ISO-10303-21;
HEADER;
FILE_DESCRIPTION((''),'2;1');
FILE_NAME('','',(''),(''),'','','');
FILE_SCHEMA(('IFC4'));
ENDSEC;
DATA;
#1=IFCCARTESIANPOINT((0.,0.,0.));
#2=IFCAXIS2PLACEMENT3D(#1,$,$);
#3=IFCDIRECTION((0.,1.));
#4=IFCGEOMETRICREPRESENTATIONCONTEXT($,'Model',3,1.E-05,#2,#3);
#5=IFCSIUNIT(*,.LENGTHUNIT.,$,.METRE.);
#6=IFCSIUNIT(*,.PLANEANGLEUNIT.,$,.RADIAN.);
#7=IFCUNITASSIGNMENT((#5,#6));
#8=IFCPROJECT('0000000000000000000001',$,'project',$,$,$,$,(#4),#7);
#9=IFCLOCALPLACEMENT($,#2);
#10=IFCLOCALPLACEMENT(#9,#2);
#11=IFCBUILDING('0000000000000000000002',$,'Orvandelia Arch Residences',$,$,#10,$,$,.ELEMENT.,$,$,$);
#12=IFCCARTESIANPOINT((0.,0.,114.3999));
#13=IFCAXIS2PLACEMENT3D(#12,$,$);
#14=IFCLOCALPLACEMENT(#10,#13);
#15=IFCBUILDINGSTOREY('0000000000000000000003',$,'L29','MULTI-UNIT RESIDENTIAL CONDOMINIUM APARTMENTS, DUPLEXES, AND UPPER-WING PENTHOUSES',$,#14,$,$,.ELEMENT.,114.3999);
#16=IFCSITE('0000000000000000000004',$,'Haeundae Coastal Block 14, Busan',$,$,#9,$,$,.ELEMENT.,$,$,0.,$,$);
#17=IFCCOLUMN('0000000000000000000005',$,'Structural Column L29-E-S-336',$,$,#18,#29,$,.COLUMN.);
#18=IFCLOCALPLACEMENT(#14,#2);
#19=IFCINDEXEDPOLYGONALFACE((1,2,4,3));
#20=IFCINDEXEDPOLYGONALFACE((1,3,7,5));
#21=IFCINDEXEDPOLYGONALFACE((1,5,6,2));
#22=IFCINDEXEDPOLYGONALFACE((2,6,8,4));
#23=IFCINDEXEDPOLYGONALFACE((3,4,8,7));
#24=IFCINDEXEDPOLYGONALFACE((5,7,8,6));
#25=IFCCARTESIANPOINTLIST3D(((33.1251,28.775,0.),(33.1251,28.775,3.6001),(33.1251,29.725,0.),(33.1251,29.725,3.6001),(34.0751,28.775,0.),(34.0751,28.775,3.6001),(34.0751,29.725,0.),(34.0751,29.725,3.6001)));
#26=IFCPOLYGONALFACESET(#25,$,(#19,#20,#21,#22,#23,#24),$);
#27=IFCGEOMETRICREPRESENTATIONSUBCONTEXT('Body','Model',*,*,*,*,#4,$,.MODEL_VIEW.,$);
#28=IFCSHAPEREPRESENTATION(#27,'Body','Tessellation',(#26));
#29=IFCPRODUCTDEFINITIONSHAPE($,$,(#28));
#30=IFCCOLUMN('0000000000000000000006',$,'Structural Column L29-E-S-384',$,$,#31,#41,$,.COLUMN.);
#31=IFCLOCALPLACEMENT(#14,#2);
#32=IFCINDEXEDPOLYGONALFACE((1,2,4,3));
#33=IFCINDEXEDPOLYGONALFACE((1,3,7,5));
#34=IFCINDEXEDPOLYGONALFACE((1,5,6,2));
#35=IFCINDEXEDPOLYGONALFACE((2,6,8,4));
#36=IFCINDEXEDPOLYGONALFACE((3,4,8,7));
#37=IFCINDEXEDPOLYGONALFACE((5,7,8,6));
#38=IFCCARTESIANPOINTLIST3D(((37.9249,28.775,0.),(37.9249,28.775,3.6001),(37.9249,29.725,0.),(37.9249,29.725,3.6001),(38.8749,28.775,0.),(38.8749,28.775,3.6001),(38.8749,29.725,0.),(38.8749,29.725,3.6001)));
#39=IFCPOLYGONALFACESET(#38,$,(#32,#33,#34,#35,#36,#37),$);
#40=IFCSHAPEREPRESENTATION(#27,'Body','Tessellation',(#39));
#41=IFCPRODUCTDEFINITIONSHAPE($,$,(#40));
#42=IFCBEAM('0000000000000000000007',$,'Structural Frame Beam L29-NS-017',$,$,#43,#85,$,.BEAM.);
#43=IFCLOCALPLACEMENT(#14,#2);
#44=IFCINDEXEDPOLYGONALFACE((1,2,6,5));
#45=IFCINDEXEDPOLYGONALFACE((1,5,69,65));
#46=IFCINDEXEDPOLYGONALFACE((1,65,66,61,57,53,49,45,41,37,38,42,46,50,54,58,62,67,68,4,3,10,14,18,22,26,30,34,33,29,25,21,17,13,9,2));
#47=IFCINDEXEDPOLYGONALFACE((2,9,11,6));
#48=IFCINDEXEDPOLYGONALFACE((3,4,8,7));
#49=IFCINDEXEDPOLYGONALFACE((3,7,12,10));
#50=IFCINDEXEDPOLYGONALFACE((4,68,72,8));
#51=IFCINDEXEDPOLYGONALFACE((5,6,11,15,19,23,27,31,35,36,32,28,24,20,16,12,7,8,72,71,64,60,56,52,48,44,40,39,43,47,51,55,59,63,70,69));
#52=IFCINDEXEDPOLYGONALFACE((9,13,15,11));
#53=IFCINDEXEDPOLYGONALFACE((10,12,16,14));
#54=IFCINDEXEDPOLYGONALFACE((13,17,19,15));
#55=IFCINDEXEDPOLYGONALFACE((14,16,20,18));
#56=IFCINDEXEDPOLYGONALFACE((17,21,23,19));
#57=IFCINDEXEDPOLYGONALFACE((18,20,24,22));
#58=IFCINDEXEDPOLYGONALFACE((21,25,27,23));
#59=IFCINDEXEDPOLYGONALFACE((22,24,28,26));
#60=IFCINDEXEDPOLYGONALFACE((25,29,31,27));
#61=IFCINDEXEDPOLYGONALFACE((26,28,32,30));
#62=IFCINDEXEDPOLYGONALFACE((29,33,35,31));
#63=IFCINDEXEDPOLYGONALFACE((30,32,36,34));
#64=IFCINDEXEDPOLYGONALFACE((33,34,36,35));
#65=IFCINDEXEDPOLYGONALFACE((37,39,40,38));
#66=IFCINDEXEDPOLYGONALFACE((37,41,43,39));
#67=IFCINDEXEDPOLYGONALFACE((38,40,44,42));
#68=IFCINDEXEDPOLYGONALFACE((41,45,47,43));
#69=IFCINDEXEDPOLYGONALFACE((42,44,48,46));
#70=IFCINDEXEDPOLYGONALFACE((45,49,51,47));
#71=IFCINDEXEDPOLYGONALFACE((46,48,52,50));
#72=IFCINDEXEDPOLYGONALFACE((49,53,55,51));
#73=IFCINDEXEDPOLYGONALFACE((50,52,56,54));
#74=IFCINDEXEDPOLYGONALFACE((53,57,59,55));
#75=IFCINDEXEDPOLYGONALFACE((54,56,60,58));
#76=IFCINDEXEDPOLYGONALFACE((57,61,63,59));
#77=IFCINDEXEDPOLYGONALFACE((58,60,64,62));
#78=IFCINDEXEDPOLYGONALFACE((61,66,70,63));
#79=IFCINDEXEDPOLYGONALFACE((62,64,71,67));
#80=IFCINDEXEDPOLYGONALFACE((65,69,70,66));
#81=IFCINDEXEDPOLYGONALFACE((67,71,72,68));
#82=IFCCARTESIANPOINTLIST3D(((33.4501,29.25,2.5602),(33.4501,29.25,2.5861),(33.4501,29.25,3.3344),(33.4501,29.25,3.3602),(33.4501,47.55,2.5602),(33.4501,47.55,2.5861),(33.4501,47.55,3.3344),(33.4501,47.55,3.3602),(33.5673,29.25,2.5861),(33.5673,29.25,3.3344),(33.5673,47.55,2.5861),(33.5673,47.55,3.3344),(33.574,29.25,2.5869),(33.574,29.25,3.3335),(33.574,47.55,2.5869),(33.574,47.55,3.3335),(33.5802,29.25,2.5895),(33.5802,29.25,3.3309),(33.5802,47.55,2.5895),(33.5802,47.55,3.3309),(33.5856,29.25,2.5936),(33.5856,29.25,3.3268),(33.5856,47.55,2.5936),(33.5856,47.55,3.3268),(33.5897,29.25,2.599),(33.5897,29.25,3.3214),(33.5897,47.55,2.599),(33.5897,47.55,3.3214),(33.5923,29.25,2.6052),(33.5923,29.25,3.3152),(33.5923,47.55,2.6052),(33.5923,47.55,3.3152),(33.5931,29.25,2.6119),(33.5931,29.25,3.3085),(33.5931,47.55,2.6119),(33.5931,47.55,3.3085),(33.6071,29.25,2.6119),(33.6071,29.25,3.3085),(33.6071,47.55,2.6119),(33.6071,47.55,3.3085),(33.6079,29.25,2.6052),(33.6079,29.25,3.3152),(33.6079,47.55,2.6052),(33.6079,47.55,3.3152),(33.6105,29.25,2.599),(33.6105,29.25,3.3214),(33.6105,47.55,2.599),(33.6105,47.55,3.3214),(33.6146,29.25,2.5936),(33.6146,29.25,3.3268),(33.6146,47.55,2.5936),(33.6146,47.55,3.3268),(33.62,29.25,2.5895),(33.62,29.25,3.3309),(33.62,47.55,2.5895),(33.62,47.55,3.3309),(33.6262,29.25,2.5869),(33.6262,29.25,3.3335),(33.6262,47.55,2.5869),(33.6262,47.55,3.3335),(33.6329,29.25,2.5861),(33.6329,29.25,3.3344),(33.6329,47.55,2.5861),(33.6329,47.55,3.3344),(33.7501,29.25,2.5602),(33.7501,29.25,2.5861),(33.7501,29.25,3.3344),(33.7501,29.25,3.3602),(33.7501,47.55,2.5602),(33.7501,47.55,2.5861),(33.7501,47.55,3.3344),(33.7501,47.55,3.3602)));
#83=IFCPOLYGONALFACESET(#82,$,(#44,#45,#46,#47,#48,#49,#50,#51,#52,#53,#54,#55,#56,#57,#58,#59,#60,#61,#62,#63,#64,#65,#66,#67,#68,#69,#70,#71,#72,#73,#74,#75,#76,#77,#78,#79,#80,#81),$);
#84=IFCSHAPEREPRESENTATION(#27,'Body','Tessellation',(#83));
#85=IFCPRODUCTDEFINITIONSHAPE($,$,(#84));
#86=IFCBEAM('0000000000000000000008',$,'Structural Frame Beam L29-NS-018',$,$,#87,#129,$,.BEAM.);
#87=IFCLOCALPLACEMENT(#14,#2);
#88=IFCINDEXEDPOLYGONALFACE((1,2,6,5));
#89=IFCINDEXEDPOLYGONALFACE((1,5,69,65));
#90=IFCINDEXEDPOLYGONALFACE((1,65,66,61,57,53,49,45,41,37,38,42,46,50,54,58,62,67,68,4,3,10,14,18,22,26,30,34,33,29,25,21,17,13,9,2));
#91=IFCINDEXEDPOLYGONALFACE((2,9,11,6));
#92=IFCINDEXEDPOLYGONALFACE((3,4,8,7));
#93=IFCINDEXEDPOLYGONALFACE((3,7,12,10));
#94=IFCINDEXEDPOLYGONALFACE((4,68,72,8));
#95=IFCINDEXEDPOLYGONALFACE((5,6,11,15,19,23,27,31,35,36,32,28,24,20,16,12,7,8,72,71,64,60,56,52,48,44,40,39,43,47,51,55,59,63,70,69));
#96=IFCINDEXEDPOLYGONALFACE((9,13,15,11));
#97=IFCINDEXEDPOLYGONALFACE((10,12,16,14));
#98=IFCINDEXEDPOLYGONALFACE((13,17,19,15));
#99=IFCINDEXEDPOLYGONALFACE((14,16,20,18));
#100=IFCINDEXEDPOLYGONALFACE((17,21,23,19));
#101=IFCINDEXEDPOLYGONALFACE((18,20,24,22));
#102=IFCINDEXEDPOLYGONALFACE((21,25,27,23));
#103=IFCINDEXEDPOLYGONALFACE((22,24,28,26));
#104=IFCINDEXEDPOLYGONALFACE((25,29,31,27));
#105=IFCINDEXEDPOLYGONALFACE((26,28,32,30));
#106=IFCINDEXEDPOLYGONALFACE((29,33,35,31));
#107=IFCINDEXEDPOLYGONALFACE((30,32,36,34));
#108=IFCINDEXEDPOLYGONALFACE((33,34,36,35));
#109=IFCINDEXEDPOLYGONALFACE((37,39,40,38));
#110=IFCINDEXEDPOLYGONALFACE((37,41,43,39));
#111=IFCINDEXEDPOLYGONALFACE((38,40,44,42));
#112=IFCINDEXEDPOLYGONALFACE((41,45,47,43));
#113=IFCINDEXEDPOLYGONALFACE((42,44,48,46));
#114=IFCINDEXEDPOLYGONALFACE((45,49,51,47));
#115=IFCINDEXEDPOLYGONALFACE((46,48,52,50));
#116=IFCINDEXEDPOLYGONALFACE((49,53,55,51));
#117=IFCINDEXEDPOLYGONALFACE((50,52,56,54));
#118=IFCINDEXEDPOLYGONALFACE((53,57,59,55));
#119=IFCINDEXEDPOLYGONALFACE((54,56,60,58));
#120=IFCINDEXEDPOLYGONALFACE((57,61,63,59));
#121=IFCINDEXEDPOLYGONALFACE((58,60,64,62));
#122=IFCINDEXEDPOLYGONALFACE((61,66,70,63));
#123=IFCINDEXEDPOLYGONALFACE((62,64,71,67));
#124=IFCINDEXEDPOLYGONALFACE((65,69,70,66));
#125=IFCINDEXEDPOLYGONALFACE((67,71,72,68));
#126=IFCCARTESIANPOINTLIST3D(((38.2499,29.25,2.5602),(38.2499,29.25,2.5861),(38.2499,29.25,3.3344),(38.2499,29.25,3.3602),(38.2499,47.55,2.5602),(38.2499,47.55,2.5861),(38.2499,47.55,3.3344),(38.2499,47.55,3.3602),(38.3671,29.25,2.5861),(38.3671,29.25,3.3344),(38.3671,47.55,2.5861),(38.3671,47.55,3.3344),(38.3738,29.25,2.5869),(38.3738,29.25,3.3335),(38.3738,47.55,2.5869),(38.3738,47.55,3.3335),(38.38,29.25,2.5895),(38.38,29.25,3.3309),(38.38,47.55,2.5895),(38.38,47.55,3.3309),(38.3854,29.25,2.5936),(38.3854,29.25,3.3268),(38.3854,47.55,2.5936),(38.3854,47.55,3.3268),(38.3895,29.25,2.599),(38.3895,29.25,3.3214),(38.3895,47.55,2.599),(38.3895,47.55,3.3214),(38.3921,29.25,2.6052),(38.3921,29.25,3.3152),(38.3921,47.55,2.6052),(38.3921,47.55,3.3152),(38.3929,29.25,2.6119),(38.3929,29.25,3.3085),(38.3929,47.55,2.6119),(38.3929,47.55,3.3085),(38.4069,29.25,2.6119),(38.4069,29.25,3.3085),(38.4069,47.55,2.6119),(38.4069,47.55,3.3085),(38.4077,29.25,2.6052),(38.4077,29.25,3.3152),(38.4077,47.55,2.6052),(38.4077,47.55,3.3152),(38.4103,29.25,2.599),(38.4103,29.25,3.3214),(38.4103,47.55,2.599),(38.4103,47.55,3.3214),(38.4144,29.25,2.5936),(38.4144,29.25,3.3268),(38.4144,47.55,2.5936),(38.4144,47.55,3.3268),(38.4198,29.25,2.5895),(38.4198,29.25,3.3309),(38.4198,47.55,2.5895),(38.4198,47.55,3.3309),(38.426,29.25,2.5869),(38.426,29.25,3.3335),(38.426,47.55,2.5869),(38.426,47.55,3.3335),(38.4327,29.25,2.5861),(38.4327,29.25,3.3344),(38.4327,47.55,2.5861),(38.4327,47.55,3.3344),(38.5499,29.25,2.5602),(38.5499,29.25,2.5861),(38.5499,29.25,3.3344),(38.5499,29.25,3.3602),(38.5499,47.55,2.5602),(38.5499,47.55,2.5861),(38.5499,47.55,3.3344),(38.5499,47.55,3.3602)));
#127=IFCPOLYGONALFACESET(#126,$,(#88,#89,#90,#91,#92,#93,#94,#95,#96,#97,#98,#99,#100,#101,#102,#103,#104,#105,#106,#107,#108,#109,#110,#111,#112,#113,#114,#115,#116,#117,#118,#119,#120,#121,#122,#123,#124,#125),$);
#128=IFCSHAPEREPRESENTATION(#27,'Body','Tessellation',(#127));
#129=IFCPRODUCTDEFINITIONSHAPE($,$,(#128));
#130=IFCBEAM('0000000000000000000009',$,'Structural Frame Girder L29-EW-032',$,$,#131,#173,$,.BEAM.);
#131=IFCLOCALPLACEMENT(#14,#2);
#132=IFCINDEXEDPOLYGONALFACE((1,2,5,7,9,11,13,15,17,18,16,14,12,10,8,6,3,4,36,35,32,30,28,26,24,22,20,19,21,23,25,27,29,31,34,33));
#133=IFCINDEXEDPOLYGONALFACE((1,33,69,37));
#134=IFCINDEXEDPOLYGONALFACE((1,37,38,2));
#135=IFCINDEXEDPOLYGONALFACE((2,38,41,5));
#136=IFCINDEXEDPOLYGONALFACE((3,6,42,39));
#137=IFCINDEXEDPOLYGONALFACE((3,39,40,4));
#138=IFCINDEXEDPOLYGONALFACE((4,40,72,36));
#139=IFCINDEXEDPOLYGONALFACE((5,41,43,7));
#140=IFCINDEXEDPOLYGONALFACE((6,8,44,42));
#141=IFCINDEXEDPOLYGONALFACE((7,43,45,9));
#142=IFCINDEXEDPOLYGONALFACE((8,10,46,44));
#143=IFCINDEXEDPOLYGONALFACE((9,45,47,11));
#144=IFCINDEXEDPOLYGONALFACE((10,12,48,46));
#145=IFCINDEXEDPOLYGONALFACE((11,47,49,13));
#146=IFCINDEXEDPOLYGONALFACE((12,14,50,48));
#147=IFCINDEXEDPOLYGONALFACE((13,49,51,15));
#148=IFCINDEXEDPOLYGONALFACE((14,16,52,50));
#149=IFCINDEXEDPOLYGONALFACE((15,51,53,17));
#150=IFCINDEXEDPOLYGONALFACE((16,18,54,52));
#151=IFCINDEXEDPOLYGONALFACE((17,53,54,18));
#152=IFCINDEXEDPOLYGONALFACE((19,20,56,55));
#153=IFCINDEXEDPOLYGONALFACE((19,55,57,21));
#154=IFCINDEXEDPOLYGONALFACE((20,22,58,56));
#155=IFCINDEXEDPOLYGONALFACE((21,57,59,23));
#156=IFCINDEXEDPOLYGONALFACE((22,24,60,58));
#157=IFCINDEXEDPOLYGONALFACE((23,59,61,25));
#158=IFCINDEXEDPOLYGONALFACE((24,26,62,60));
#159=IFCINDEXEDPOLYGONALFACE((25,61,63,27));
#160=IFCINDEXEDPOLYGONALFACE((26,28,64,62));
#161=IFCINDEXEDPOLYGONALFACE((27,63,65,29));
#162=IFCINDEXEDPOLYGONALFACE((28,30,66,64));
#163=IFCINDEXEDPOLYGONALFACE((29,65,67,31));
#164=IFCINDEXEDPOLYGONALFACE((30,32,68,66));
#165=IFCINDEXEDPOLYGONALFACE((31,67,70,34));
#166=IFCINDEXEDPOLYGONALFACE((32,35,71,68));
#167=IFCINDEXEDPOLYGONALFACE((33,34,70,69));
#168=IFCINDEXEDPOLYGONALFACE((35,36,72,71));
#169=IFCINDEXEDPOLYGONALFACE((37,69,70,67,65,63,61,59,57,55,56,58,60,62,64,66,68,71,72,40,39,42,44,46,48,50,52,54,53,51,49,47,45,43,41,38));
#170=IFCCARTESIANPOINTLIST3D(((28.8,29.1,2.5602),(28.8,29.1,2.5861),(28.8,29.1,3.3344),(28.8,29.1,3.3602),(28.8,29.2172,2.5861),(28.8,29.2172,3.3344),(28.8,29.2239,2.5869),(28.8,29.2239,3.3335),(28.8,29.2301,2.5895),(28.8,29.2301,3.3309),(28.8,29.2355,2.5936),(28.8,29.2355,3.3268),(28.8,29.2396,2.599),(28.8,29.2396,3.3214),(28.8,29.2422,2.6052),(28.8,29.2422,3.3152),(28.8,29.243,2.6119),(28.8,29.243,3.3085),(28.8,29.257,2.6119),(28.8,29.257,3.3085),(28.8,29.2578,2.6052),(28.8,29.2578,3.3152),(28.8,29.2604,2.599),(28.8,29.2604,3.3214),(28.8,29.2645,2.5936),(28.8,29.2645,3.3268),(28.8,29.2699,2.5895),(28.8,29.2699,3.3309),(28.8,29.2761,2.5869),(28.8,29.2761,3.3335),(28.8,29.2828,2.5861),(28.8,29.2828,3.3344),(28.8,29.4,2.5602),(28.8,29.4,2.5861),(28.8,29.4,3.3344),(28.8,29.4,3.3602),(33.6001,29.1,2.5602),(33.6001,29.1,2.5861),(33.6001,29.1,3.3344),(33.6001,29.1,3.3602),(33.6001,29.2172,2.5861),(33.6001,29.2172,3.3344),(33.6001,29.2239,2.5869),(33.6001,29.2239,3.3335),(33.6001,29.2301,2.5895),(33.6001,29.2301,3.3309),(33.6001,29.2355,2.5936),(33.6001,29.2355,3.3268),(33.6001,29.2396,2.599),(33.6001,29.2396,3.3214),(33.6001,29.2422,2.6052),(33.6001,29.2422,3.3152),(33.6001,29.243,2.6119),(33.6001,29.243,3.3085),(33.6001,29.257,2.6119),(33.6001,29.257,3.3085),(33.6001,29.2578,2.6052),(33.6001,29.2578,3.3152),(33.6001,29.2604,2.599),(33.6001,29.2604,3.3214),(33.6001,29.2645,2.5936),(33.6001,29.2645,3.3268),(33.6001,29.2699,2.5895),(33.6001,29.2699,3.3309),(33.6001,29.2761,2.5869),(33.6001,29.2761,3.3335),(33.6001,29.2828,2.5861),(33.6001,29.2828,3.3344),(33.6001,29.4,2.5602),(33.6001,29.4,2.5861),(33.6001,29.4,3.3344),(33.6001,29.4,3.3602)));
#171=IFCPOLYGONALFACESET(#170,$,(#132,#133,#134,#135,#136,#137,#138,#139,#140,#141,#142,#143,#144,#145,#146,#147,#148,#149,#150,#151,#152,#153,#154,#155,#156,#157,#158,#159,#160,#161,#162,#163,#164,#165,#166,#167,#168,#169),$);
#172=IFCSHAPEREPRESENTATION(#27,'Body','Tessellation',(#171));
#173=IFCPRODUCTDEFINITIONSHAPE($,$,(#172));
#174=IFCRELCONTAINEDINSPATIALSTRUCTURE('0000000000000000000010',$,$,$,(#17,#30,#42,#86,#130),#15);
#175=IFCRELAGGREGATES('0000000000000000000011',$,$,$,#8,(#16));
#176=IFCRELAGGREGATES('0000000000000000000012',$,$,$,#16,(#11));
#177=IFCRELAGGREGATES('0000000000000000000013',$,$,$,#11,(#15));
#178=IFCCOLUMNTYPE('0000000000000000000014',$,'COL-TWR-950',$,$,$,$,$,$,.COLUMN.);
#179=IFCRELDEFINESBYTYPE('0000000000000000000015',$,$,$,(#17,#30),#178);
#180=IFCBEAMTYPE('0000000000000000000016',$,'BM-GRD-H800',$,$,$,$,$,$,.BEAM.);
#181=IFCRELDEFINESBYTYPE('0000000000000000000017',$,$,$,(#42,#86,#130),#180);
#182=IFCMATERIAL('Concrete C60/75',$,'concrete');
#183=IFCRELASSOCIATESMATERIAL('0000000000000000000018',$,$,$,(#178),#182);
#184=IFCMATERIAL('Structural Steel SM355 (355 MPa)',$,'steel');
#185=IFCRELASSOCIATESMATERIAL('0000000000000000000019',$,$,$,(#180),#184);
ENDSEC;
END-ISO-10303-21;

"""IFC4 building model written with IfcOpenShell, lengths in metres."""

from ifc_helpers import new_model, si_unit, direction, frame, origin, origin_2d, place, context, subcontext, project, spatial, rectangle, i_section, extrude, material, material_profile, profile_set, type_object, element, save


model = new_model("IFC4")

# Units and contexts
model_context = context("Model", 3, precision=1e-05, world=origin(), true_north=direction((0.0, 1.0)))
body_context = subcontext(model_context, "Body", "Model", "MODEL_VIEW")
ifc_project = project(units=[si_unit("LENGTHUNIT", "METRE"), si_unit("PLANEANGLEUNIT", "RADIAN")], contexts=[model_context])

# Site, building, storey
site_placement = place(None, origin())
site = spatial("IfcSite", under=ifc_project, at=site_placement, Name="Haeundae Coastal Block 14, Busan", CompositionType="ELEMENT", RefElevation=0.0)
building_placement = place(site_placement, origin())
building = spatial("IfcBuilding", under=site, at=building_placement, Name="Orvandelia Arch Residences", CompositionType="ELEMENT")
storey_placement = place(building_placement, frame((0.0, 0.0, 114.3999)))
storey = spatial("IfcBuildingStorey", under=building, at=storey_placement, Name="L29", Description="MULTI-UNIT RESIDENTIAL CONDOMINIUM APARTMENTS, DUPLEXES, AND UPPER-WING PENTHOUSES", CompositionType="ELEMENT", Elevation=114.3999)

# Columns
ifc_material_1 = material(Name="Concrete C60/75", Category="concrete")
ifc_material_profile_1 = material_profile(ifc_material_1, rectangle(XDim=0.95, YDim=0.95, at=origin_2d()), Name="Concrete C60/75", Category="concrete")
ifc_profile_set_1 = profile_set([ifc_material_profile_1], Name="Concrete C60/75")
column_type = type_object("IfcColumnType", Name="COL-TWR-950", PredefinedType="COLUMN", material=ifc_profile_set_1)
for number, where, z_axis, x_axis, name in (
    (1, (33.6001, 29.25, 0.0), (0.0, 0.0, 1.0), (1.0, 0.0, 0.0), "Structural Column L29-E-S-336"),
    (2, (38.3999, 29.25, 0.0), (0.0, 0.0, 1.0), (1.0, 0.0, 0.0), "Structural Column L29-E-S-384"),
):
    element("IfcColumn", number, at=place(storey_placement, frame(where, z_axis=z_axis, x_axis=x_axis)), inside=storey, type_object=column_type, Name=name, PredefinedType="COLUMN", context=body_context, shape_type="SweptSolid", body=[
        extrude(rectangle(XDim=0.95, YDim=0.95, at=origin_2d()), origin(), (0.0, 0.0, 1.0), 3.6001),
    ])

# Beams
ifc_material_2 = material(Name="Structural Steel SM355 (355 MPa)", Category="steel")
ifc_material_profile_2 = material_profile(ifc_material_2, i_section(OverallWidth=0.3, OverallDepth=0.8, WebThickness=0.0139, FlangeThickness=0.0259, FilletRadius=0.0259, at=origin_2d()), Name="Structural Steel SM355 (355 MPa)", Category="steel")
ifc_profile_set_2 = profile_set([ifc_material_profile_2], Name="Structural Steel SM355 (355 MPa)")
beam_type = type_object("IfcBeamType", Name="BM-GRD-H800", PredefinedType="BEAM", material=ifc_profile_set_2)
for number, where, z_axis, x_axis, name in (
    (3, (33.6001, 29.25, 2.9602), (0.0, 1.0, 0.0), (-1.0, 0.0, 0.0), "Structural Frame Beam L29-NS-017"),
    (4, (38.3999, 29.25, 2.9602), (0.0, 1.0, 0.0), (-1.0, 0.0, 0.0), "Structural Frame Beam L29-NS-018"),
):
    element("IfcBeam", number, at=place(storey_placement, frame(where, z_axis=z_axis, x_axis=x_axis)), inside=storey, type_object=beam_type, Name=name, PredefinedType="BEAM", context=body_context, shape_type="SweptSolid", body=[
        extrude(i_section(OverallWidth=0.3, OverallDepth=0.8, WebThickness=0.0139, FlangeThickness=0.0259, FilletRadius=0.0259, at=origin_2d()), origin(), (0.0, 0.0, 1.0), 18.3),
    ])
beam_1_placement = place(storey_placement, frame((28.8, 29.25, 2.9602), z_axis=(1.0, 0.0, 0.0), x_axis=(0.0, 1.0, 0.0)))
element("IfcBeam", 5, at=beam_1_placement, inside=storey, type_object=beam_type, Name="Structural Frame Girder L29-EW-032", PredefinedType="BEAM", context=body_context, shape_type="SweptSolid", body=[
    extrude(i_section(OverallWidth=0.3, OverallDepth=0.8, WebThickness=0.0139, FlangeThickness=0.0259, FilletRadius=0.0259, at=origin_2d()), origin(), (0.0, 0.0, 1.0), 4.8),
])

save(model, "model.ifc")
